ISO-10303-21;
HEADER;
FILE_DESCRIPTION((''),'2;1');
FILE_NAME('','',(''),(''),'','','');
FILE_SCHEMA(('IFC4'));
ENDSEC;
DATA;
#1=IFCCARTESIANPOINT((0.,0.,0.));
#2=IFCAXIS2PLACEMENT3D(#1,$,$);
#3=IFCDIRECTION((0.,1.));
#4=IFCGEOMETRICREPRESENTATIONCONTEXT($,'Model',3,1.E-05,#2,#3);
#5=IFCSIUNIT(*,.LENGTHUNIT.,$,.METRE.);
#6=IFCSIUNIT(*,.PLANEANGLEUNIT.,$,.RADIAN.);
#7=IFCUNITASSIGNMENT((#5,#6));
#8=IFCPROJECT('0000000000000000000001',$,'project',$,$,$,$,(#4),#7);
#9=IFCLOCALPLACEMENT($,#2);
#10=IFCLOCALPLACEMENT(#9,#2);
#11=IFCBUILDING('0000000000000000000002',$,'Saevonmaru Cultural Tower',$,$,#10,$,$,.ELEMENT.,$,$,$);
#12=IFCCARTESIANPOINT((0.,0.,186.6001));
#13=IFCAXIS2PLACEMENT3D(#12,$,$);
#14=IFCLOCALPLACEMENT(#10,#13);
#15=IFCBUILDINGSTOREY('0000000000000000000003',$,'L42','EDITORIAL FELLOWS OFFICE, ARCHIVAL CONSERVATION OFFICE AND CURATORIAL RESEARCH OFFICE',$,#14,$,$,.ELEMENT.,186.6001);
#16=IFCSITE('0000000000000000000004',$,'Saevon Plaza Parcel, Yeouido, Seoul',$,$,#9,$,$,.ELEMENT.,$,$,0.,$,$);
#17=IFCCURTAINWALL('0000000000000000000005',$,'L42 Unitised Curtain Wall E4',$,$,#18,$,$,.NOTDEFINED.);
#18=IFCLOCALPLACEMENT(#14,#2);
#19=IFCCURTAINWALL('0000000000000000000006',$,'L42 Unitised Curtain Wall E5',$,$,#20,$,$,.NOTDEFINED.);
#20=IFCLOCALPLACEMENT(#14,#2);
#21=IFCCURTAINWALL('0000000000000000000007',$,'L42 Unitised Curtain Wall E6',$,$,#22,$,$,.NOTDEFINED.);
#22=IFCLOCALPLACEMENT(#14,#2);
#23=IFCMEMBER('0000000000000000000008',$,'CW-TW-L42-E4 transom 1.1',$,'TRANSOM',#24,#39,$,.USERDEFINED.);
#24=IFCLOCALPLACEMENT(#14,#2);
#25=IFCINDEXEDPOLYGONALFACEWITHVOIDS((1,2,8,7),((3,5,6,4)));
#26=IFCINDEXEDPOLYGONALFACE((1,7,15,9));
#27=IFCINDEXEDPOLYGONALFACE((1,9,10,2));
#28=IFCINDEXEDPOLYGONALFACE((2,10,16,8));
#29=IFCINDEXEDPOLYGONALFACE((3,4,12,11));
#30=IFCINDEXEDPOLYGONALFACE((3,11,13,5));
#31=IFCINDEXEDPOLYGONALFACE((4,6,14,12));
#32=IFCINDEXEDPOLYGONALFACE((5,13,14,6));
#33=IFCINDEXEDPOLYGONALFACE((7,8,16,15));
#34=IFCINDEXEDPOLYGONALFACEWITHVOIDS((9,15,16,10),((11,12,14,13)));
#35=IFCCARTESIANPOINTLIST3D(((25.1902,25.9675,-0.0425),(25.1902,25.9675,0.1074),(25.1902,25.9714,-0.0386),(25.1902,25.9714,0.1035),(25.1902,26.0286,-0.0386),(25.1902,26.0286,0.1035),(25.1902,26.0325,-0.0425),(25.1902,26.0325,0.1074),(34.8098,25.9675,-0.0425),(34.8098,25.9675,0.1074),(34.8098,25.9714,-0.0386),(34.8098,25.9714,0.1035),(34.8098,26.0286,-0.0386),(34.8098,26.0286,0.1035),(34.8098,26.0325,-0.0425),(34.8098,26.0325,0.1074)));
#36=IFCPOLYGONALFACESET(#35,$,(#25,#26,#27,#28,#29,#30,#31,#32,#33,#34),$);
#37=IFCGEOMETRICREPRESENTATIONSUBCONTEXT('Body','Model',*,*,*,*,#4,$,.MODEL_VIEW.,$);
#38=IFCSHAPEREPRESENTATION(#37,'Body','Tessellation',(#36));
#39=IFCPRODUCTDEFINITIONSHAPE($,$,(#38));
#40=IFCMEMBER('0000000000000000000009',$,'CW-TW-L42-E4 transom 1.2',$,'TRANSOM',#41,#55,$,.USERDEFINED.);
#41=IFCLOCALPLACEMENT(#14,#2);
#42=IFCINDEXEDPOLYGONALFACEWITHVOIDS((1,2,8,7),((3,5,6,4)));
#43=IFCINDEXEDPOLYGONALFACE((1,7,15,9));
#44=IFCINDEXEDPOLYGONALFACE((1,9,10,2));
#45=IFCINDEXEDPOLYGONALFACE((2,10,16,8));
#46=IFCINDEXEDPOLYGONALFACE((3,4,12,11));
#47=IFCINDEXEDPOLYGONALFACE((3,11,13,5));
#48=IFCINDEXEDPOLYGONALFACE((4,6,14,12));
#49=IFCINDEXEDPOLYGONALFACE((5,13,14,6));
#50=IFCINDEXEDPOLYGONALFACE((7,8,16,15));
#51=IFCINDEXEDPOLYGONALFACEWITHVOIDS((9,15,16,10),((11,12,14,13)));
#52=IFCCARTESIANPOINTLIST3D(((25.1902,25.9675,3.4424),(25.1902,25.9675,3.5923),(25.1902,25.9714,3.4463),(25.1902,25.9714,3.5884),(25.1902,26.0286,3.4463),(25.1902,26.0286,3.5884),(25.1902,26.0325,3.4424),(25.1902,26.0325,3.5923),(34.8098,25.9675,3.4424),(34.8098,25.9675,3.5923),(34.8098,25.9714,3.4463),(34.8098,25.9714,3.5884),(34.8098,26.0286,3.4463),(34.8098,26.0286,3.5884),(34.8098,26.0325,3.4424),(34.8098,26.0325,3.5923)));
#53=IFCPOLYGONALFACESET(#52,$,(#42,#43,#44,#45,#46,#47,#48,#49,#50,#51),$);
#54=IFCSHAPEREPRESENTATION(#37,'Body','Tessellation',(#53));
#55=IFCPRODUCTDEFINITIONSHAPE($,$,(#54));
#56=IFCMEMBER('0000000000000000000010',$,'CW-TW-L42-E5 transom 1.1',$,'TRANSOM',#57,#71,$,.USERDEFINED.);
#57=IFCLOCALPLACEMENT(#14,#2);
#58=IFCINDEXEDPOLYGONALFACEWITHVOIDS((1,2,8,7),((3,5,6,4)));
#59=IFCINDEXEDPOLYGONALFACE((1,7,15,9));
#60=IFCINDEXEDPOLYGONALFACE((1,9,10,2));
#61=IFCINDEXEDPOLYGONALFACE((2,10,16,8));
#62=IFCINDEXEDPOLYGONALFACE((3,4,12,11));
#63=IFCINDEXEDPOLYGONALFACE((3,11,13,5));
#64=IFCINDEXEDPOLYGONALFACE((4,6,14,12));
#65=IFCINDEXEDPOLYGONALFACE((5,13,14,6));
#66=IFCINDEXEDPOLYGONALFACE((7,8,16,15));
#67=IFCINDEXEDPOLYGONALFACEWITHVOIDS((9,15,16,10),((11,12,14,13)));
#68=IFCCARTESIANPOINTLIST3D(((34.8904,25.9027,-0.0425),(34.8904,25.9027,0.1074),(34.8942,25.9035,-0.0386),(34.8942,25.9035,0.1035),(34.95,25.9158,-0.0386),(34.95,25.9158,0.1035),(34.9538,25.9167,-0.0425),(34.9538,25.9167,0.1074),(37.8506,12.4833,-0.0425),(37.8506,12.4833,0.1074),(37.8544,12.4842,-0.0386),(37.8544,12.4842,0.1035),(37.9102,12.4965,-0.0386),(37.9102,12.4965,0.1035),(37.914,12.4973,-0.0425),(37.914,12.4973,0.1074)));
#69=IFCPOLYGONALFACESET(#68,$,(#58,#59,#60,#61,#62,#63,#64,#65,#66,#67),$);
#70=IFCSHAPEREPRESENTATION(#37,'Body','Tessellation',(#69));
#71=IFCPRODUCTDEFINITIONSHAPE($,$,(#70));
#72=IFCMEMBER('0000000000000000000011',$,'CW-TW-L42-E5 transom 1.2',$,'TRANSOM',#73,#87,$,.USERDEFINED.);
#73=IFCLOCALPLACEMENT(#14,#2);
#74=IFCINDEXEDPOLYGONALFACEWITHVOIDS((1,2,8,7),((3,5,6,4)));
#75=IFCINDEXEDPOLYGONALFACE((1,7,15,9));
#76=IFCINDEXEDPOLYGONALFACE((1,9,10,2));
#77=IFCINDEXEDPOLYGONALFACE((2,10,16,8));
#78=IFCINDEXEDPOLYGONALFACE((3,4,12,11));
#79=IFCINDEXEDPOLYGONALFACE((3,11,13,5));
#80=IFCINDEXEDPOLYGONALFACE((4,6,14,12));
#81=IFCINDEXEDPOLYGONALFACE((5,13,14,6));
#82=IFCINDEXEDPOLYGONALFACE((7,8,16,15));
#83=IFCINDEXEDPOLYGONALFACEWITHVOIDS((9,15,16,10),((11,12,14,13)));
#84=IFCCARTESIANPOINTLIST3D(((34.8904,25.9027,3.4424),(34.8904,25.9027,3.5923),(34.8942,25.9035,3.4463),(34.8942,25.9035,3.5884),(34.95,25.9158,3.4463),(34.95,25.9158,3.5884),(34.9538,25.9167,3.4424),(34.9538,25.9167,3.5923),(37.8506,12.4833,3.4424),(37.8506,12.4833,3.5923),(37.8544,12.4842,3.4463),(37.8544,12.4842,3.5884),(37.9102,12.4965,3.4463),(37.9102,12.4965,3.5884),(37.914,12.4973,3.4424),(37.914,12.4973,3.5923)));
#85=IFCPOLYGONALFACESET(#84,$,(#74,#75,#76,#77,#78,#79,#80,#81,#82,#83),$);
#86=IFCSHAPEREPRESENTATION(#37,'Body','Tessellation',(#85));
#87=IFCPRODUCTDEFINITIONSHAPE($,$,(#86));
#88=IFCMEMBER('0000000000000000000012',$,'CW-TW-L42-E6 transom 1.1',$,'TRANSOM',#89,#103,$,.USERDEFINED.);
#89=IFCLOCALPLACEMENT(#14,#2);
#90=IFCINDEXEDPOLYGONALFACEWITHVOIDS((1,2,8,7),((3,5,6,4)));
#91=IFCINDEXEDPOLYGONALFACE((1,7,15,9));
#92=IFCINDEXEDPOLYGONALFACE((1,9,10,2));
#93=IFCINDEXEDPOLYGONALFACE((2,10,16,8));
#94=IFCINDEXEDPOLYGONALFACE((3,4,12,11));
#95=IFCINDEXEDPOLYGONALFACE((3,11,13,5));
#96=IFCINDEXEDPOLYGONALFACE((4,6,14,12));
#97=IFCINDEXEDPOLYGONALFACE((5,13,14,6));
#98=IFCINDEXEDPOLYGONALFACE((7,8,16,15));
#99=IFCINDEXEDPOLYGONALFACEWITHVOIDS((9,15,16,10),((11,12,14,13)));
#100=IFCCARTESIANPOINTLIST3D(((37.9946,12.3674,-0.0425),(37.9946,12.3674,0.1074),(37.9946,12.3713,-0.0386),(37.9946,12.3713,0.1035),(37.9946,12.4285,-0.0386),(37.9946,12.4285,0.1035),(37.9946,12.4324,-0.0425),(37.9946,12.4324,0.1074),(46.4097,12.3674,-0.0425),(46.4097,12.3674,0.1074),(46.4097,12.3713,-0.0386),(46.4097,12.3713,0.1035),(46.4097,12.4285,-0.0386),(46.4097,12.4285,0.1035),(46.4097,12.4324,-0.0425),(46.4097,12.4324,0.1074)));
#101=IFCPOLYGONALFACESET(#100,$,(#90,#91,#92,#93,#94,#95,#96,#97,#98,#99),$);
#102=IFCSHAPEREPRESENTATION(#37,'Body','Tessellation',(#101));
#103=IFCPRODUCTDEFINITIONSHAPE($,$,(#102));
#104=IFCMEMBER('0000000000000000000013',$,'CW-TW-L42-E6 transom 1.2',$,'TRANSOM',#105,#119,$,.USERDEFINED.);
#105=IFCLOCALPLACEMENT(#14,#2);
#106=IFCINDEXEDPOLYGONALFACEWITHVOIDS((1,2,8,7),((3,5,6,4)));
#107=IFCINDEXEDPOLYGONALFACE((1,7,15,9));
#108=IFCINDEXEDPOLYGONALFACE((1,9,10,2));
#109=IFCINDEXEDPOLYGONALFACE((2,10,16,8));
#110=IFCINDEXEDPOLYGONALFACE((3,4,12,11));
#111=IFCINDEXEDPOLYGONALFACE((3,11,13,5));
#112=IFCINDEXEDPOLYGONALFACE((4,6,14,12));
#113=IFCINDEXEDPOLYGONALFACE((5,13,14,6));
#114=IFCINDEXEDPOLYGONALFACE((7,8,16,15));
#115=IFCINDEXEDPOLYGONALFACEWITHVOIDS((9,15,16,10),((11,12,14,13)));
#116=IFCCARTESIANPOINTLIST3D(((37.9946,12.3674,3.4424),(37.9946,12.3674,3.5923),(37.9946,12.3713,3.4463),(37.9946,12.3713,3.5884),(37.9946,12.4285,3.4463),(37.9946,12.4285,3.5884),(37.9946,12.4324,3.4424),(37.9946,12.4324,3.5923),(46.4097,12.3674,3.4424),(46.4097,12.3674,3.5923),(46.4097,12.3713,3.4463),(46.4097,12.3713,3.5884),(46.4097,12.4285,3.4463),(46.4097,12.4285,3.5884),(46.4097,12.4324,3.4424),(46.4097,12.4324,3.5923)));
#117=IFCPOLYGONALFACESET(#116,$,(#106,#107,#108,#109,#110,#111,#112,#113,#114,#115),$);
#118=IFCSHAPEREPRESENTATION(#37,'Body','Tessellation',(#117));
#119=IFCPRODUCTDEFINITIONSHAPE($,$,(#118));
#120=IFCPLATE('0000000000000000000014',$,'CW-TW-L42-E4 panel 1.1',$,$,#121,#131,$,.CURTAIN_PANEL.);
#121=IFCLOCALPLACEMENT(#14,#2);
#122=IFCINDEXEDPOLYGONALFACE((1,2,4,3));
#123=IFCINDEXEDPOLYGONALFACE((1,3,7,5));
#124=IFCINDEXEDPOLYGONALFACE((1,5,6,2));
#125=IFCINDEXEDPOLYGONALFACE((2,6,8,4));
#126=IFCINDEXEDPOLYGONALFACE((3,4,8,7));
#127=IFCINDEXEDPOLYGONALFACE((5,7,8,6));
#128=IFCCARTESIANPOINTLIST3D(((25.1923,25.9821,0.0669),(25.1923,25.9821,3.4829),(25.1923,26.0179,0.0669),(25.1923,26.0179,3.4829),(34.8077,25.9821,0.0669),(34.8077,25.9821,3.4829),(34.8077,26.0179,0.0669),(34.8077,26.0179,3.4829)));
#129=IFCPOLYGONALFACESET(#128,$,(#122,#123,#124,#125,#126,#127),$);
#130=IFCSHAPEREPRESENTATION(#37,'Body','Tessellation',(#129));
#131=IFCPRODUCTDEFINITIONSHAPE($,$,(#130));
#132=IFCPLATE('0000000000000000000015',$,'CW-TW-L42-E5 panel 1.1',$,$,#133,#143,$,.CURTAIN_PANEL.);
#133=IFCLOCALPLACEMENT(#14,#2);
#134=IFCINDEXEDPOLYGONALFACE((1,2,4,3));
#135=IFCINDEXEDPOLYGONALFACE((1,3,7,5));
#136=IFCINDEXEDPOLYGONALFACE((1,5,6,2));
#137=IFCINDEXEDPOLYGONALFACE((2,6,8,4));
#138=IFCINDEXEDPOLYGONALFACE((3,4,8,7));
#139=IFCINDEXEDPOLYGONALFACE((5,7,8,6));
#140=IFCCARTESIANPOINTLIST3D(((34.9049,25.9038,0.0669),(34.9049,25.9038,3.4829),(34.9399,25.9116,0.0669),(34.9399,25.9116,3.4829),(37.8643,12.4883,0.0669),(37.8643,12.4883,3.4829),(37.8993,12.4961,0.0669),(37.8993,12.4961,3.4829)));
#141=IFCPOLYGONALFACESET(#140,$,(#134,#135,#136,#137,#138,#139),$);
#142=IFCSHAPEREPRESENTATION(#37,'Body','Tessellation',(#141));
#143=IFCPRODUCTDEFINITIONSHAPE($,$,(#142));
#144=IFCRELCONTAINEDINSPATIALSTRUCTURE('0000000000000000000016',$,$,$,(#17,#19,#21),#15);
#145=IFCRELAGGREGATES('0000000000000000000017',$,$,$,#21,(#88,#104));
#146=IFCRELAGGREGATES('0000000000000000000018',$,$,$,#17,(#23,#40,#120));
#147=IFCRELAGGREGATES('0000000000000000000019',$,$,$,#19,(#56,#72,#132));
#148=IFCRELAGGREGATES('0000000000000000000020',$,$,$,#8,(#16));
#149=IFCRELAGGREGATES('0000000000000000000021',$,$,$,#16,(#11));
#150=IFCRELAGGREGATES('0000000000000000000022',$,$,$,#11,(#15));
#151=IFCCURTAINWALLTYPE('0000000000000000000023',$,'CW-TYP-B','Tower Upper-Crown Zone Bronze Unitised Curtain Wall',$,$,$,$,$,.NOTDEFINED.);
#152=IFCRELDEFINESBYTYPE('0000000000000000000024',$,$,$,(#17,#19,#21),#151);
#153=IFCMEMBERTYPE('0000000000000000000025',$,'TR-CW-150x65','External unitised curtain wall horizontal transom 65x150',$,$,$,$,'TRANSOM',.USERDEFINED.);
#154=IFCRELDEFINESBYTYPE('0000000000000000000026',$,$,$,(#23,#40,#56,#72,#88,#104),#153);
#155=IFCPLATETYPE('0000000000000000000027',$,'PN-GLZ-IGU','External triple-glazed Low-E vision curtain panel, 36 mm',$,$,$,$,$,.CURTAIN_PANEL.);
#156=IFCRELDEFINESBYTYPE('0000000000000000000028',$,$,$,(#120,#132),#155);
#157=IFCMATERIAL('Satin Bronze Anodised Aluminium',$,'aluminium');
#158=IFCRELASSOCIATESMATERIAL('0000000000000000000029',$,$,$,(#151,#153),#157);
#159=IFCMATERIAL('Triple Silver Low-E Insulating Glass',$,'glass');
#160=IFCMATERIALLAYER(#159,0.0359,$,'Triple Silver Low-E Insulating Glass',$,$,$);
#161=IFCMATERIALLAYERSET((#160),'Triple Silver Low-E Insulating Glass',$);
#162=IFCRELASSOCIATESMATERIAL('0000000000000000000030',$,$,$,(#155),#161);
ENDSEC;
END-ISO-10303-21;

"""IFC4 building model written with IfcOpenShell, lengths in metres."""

from ifc_helpers import new_model, si_unit, direction, frame, origin, origin_2d, place, context, subcontext, project, spatial, rectangle, hollow_rectangle, extrude, material, layer, layer_set, material_profile, profile_set, type_object, element, aggregate, save


model = new_model("IFC4")

# Units and contexts
model_context = context("Model", 3, precision=1e-05, world=origin(), true_north=direction((0.0, 1.0)))
body_context = subcontext(model_context, "Body", "Model", "MODEL_VIEW")
ifc_project = project(units=[si_unit("LENGTHUNIT", "METRE"), si_unit("PLANEANGLEUNIT", "RADIAN")], contexts=[model_context])

# Site, building, storey
site_placement = place(None, origin())
site = spatial("IfcSite", under=ifc_project, at=site_placement, Name="Saevon Plaza Parcel, Yeouido, Seoul", CompositionType="ELEMENT", RefElevation=0.0)
building_placement = place(site_placement, origin())
building = spatial("IfcBuilding", under=site, at=building_placement, Name="Saevonmaru Cultural Tower", CompositionType="ELEMENT")
storey_placement = place(building_placement, frame((0.0, 0.0, 186.6001)))
storey = spatial("IfcBuildingStorey", under=building, at=storey_placement, Name="L42", Description="EDITORIAL FELLOWS OFFICE, ARCHIVAL CONSERVATION OFFICE AND CURATORIAL RESEARCH OFFICE", CompositionType="ELEMENT", Elevation=186.6001)

# Curtain wall
ifc_material_1 = material(Name="Satin Bronze Anodised Aluminium", Category="aluminium")
curtain_wall_type = type_object("IfcCurtainWallType", Name="CW-TYP-B", Description="Tower Upper-Crown Zone Bronze Unitised Curtain Wall", PredefinedType="NOTDEFINED", material=ifc_material_1)
curtain_wall_1_placement = place(storey_placement, origin())
curtain_wall_1 = element("IfcCurtainWall", 1, at=curtain_wall_1_placement, inside=storey, type_object=curtain_wall_type, Name="L42 Unitised Curtain Wall E4", PredefinedType="NOTDEFINED")

# Curtain wall
curtain_wall_2_placement = place(storey_placement, origin())
curtain_wall_2 = element("IfcCurtainWall", 2, at=curtain_wall_2_placement, inside=storey, type_object=curtain_wall_type, Name="L42 Unitised Curtain Wall E5", PredefinedType="NOTDEFINED")

# Curtain wall
curtain_wall_3_placement = place(storey_placement, origin())
curtain_wall_3 = element("IfcCurtainWall", 3, at=curtain_wall_3_placement, inside=storey, type_object=curtain_wall_type, Name="L42 Unitised Curtain Wall E6", PredefinedType="NOTDEFINED")

# Members
ifc_material_profile_1 = material_profile(ifc_material_1, hollow_rectangle(XDim=0.0649, YDim=0.1499, WallThickness=0.0039, at=origin_2d()), Name="ALU-TRAN-150x65x4")
ifc_profile_set_1 = profile_set([ifc_material_profile_1], Name="Satin Bronze Anodised Aluminium")
member_type_1 = type_object("IfcMemberType", Name="TR-CW-150x65", Description="External unitised curtain wall horizontal transom 65x150", ElementType="TRANSOM", PredefinedType="USERDEFINED", material=ifc_profile_set_1)
member_1_placement = place(storey_placement, frame((25.1902, 26.0, 0.0325), z_axis=(1.0, 0.0, 0.0), x_axis=(0.0, 1.0, 0.0)))
member_1 = element("IfcMember", 4, at=member_1_placement, type_object=member_type_1, Name="CW-TW-L42-E4 transom 1.1", ObjectType="TRANSOM", PredefinedType="USERDEFINED", context=body_context, shape_type="SweptSolid", body=[
    extrude(hollow_rectangle(XDim=0.0649, YDim=0.1499, WallThickness=0.0039, at=origin_2d()), origin(), (0.0, 0.0, 1.0), 9.6196),
])
member_2_placement = place(storey_placement, frame((25.1902, 26.0, 3.5173), z_axis=(1.0, 0.0, 0.0), x_axis=(0.0, 1.0, 0.0)))
member_2 = element("IfcMember", 5, at=member_2_placement, type_object=member_type_1, Name="CW-TW-L42-E4 transom 1.2", ObjectType="TRANSOM", PredefinedType="USERDEFINED", context=body_context, shape_type="SweptSolid", body=[
    extrude(hollow_rectangle(XDim=0.0649, YDim=0.1499, WallThickness=0.0039, at=origin_2d()), origin(), (0.0, 0.0, 1.0), 9.6196),
])
member_3_placement = place(storey_placement, frame((34.9221, 25.9097, 0.0325), z_axis=(0.215412, -0.976523, 0.0), x_axis=(0.976523, 0.215412, 0.0)))
member_3 = element("IfcMember", 6, at=member_3_placement, type_object=member_type_1, Name="CW-TW-L42-E5 transom 1.1", ObjectType="TRANSOM", PredefinedType="USERDEFINED", context=body_context, shape_type="SweptSolid", body=[
    extrude(hollow_rectangle(XDim=0.0649, YDim=0.1499, WallThickness=0.0039, at=origin_2d()), origin(), (0.0, 0.0, 1.0), 13.7419),
])
member_4_placement = place(storey_placement, frame((34.9221, 25.9097, 3.5173), z_axis=(0.215412, -0.976523, 0.0), x_axis=(0.976523, 0.215412, 0.0)))
member_4 = element("IfcMember", 7, at=member_4_placement, type_object=member_type_1, Name="CW-TW-L42-E5 transom 1.2", ObjectType="TRANSOM", PredefinedType="USERDEFINED", context=body_context, shape_type="SweptSolid", body=[
    extrude(hollow_rectangle(XDim=0.0649, YDim=0.1499, WallThickness=0.0039, at=origin_2d()), origin(), (0.0, 0.0, 1.0), 13.7419),
])
member_5_placement = place(storey_placement, frame((37.9946, 12.3999, 0.0325), z_axis=(1.0, 0.0, 0.0), x_axis=(0.0, 1.0, 0.0)))
member_5 = element("IfcMember", 8, at=member_5_placement, type_object=member_type_1, Name="CW-TW-L42-E6 transom 1.1", ObjectType="TRANSOM", PredefinedType="USERDEFINED", context=body_context, shape_type="SweptSolid", body=[
    extrude(hollow_rectangle(XDim=0.0649, YDim=0.1499, WallThickness=0.0039, at=origin_2d()), origin(), (0.0, 0.0, 1.0), 8.415),
])
member_6_placement = place(storey_placement, frame((37.9946, 12.3999, 3.5173), z_axis=(1.0, 0.0, 0.0), x_axis=(0.0, 1.0, 0.0)))
member_6 = element("IfcMember", 9, at=member_6_placement, type_object=member_type_1, Name="CW-TW-L42-E6 transom 1.2", ObjectType="TRANSOM", PredefinedType="USERDEFINED", context=body_context, shape_type="SweptSolid", body=[
    extrude(hollow_rectangle(XDim=0.0649, YDim=0.1499, WallThickness=0.0039, at=origin_2d()), origin(), (0.0, 0.0, 1.0), 8.415),
])
aggregate(curtain_wall_3, [member_5, member_6])

# Plates
ifc_material_2 = material(Name="Triple Silver Low-E Insulating Glass", Category="glass")
ifc_layer = layer(ifc_material_2, 0.0359, Name="Triple Silver Low-E Insulating Glass")
ifc_layer_set = layer_set([ifc_layer], Name="Triple Silver Low-E Insulating Glass")
plate_type = type_object("IfcPlateType", Name="PN-GLZ-IGU", Description="External triple-glazed Low-E vision curtain panel, 36 mm", PredefinedType="CURTAIN_PANEL", material=ifc_layer_set)
plate_1_placement = place(storey_placement, frame((30.0, 26.0, 0.0669), z_axis=(0.0, 0.0, 1.0), x_axis=(1.0, 0.0, 0.0)))
plate_1 = element("IfcPlate", 10, at=plate_1_placement, type_object=plate_type, Name="CW-TW-L42-E4 panel 1.1", PredefinedType="CURTAIN_PANEL", context=body_context, shape_type="SweptSolid", body=[
    extrude(rectangle(XDim=9.6155, YDim=0.0359, at=origin_2d()), origin(), (0.0, 0.0, 1.0), 3.416),
])
aggregate(curtain_wall_1, [member_1, member_2, plate_1])
plate_2_placement = place(storey_placement, frame((36.4021, 19.2, 0.0669), z_axis=(0.0, 0.0, 1.0), x_axis=(0.215413, -0.976523, 0.0)))
plate_2 = element("IfcPlate", 11, at=plate_2_placement, type_object=plate_type, Name="CW-TW-L42-E5 panel 1.1", PredefinedType="CURTAIN_PANEL", context=body_context, shape_type="SweptSolid", body=[
    extrude(rectangle(XDim=13.738, YDim=0.0359, at=origin_2d()), origin(), (0.0, 0.0, 1.0), 3.416),
])
aggregate(curtain_wall_2, [member_3, member_4, plate_2])

save(model, "model.ifc")
